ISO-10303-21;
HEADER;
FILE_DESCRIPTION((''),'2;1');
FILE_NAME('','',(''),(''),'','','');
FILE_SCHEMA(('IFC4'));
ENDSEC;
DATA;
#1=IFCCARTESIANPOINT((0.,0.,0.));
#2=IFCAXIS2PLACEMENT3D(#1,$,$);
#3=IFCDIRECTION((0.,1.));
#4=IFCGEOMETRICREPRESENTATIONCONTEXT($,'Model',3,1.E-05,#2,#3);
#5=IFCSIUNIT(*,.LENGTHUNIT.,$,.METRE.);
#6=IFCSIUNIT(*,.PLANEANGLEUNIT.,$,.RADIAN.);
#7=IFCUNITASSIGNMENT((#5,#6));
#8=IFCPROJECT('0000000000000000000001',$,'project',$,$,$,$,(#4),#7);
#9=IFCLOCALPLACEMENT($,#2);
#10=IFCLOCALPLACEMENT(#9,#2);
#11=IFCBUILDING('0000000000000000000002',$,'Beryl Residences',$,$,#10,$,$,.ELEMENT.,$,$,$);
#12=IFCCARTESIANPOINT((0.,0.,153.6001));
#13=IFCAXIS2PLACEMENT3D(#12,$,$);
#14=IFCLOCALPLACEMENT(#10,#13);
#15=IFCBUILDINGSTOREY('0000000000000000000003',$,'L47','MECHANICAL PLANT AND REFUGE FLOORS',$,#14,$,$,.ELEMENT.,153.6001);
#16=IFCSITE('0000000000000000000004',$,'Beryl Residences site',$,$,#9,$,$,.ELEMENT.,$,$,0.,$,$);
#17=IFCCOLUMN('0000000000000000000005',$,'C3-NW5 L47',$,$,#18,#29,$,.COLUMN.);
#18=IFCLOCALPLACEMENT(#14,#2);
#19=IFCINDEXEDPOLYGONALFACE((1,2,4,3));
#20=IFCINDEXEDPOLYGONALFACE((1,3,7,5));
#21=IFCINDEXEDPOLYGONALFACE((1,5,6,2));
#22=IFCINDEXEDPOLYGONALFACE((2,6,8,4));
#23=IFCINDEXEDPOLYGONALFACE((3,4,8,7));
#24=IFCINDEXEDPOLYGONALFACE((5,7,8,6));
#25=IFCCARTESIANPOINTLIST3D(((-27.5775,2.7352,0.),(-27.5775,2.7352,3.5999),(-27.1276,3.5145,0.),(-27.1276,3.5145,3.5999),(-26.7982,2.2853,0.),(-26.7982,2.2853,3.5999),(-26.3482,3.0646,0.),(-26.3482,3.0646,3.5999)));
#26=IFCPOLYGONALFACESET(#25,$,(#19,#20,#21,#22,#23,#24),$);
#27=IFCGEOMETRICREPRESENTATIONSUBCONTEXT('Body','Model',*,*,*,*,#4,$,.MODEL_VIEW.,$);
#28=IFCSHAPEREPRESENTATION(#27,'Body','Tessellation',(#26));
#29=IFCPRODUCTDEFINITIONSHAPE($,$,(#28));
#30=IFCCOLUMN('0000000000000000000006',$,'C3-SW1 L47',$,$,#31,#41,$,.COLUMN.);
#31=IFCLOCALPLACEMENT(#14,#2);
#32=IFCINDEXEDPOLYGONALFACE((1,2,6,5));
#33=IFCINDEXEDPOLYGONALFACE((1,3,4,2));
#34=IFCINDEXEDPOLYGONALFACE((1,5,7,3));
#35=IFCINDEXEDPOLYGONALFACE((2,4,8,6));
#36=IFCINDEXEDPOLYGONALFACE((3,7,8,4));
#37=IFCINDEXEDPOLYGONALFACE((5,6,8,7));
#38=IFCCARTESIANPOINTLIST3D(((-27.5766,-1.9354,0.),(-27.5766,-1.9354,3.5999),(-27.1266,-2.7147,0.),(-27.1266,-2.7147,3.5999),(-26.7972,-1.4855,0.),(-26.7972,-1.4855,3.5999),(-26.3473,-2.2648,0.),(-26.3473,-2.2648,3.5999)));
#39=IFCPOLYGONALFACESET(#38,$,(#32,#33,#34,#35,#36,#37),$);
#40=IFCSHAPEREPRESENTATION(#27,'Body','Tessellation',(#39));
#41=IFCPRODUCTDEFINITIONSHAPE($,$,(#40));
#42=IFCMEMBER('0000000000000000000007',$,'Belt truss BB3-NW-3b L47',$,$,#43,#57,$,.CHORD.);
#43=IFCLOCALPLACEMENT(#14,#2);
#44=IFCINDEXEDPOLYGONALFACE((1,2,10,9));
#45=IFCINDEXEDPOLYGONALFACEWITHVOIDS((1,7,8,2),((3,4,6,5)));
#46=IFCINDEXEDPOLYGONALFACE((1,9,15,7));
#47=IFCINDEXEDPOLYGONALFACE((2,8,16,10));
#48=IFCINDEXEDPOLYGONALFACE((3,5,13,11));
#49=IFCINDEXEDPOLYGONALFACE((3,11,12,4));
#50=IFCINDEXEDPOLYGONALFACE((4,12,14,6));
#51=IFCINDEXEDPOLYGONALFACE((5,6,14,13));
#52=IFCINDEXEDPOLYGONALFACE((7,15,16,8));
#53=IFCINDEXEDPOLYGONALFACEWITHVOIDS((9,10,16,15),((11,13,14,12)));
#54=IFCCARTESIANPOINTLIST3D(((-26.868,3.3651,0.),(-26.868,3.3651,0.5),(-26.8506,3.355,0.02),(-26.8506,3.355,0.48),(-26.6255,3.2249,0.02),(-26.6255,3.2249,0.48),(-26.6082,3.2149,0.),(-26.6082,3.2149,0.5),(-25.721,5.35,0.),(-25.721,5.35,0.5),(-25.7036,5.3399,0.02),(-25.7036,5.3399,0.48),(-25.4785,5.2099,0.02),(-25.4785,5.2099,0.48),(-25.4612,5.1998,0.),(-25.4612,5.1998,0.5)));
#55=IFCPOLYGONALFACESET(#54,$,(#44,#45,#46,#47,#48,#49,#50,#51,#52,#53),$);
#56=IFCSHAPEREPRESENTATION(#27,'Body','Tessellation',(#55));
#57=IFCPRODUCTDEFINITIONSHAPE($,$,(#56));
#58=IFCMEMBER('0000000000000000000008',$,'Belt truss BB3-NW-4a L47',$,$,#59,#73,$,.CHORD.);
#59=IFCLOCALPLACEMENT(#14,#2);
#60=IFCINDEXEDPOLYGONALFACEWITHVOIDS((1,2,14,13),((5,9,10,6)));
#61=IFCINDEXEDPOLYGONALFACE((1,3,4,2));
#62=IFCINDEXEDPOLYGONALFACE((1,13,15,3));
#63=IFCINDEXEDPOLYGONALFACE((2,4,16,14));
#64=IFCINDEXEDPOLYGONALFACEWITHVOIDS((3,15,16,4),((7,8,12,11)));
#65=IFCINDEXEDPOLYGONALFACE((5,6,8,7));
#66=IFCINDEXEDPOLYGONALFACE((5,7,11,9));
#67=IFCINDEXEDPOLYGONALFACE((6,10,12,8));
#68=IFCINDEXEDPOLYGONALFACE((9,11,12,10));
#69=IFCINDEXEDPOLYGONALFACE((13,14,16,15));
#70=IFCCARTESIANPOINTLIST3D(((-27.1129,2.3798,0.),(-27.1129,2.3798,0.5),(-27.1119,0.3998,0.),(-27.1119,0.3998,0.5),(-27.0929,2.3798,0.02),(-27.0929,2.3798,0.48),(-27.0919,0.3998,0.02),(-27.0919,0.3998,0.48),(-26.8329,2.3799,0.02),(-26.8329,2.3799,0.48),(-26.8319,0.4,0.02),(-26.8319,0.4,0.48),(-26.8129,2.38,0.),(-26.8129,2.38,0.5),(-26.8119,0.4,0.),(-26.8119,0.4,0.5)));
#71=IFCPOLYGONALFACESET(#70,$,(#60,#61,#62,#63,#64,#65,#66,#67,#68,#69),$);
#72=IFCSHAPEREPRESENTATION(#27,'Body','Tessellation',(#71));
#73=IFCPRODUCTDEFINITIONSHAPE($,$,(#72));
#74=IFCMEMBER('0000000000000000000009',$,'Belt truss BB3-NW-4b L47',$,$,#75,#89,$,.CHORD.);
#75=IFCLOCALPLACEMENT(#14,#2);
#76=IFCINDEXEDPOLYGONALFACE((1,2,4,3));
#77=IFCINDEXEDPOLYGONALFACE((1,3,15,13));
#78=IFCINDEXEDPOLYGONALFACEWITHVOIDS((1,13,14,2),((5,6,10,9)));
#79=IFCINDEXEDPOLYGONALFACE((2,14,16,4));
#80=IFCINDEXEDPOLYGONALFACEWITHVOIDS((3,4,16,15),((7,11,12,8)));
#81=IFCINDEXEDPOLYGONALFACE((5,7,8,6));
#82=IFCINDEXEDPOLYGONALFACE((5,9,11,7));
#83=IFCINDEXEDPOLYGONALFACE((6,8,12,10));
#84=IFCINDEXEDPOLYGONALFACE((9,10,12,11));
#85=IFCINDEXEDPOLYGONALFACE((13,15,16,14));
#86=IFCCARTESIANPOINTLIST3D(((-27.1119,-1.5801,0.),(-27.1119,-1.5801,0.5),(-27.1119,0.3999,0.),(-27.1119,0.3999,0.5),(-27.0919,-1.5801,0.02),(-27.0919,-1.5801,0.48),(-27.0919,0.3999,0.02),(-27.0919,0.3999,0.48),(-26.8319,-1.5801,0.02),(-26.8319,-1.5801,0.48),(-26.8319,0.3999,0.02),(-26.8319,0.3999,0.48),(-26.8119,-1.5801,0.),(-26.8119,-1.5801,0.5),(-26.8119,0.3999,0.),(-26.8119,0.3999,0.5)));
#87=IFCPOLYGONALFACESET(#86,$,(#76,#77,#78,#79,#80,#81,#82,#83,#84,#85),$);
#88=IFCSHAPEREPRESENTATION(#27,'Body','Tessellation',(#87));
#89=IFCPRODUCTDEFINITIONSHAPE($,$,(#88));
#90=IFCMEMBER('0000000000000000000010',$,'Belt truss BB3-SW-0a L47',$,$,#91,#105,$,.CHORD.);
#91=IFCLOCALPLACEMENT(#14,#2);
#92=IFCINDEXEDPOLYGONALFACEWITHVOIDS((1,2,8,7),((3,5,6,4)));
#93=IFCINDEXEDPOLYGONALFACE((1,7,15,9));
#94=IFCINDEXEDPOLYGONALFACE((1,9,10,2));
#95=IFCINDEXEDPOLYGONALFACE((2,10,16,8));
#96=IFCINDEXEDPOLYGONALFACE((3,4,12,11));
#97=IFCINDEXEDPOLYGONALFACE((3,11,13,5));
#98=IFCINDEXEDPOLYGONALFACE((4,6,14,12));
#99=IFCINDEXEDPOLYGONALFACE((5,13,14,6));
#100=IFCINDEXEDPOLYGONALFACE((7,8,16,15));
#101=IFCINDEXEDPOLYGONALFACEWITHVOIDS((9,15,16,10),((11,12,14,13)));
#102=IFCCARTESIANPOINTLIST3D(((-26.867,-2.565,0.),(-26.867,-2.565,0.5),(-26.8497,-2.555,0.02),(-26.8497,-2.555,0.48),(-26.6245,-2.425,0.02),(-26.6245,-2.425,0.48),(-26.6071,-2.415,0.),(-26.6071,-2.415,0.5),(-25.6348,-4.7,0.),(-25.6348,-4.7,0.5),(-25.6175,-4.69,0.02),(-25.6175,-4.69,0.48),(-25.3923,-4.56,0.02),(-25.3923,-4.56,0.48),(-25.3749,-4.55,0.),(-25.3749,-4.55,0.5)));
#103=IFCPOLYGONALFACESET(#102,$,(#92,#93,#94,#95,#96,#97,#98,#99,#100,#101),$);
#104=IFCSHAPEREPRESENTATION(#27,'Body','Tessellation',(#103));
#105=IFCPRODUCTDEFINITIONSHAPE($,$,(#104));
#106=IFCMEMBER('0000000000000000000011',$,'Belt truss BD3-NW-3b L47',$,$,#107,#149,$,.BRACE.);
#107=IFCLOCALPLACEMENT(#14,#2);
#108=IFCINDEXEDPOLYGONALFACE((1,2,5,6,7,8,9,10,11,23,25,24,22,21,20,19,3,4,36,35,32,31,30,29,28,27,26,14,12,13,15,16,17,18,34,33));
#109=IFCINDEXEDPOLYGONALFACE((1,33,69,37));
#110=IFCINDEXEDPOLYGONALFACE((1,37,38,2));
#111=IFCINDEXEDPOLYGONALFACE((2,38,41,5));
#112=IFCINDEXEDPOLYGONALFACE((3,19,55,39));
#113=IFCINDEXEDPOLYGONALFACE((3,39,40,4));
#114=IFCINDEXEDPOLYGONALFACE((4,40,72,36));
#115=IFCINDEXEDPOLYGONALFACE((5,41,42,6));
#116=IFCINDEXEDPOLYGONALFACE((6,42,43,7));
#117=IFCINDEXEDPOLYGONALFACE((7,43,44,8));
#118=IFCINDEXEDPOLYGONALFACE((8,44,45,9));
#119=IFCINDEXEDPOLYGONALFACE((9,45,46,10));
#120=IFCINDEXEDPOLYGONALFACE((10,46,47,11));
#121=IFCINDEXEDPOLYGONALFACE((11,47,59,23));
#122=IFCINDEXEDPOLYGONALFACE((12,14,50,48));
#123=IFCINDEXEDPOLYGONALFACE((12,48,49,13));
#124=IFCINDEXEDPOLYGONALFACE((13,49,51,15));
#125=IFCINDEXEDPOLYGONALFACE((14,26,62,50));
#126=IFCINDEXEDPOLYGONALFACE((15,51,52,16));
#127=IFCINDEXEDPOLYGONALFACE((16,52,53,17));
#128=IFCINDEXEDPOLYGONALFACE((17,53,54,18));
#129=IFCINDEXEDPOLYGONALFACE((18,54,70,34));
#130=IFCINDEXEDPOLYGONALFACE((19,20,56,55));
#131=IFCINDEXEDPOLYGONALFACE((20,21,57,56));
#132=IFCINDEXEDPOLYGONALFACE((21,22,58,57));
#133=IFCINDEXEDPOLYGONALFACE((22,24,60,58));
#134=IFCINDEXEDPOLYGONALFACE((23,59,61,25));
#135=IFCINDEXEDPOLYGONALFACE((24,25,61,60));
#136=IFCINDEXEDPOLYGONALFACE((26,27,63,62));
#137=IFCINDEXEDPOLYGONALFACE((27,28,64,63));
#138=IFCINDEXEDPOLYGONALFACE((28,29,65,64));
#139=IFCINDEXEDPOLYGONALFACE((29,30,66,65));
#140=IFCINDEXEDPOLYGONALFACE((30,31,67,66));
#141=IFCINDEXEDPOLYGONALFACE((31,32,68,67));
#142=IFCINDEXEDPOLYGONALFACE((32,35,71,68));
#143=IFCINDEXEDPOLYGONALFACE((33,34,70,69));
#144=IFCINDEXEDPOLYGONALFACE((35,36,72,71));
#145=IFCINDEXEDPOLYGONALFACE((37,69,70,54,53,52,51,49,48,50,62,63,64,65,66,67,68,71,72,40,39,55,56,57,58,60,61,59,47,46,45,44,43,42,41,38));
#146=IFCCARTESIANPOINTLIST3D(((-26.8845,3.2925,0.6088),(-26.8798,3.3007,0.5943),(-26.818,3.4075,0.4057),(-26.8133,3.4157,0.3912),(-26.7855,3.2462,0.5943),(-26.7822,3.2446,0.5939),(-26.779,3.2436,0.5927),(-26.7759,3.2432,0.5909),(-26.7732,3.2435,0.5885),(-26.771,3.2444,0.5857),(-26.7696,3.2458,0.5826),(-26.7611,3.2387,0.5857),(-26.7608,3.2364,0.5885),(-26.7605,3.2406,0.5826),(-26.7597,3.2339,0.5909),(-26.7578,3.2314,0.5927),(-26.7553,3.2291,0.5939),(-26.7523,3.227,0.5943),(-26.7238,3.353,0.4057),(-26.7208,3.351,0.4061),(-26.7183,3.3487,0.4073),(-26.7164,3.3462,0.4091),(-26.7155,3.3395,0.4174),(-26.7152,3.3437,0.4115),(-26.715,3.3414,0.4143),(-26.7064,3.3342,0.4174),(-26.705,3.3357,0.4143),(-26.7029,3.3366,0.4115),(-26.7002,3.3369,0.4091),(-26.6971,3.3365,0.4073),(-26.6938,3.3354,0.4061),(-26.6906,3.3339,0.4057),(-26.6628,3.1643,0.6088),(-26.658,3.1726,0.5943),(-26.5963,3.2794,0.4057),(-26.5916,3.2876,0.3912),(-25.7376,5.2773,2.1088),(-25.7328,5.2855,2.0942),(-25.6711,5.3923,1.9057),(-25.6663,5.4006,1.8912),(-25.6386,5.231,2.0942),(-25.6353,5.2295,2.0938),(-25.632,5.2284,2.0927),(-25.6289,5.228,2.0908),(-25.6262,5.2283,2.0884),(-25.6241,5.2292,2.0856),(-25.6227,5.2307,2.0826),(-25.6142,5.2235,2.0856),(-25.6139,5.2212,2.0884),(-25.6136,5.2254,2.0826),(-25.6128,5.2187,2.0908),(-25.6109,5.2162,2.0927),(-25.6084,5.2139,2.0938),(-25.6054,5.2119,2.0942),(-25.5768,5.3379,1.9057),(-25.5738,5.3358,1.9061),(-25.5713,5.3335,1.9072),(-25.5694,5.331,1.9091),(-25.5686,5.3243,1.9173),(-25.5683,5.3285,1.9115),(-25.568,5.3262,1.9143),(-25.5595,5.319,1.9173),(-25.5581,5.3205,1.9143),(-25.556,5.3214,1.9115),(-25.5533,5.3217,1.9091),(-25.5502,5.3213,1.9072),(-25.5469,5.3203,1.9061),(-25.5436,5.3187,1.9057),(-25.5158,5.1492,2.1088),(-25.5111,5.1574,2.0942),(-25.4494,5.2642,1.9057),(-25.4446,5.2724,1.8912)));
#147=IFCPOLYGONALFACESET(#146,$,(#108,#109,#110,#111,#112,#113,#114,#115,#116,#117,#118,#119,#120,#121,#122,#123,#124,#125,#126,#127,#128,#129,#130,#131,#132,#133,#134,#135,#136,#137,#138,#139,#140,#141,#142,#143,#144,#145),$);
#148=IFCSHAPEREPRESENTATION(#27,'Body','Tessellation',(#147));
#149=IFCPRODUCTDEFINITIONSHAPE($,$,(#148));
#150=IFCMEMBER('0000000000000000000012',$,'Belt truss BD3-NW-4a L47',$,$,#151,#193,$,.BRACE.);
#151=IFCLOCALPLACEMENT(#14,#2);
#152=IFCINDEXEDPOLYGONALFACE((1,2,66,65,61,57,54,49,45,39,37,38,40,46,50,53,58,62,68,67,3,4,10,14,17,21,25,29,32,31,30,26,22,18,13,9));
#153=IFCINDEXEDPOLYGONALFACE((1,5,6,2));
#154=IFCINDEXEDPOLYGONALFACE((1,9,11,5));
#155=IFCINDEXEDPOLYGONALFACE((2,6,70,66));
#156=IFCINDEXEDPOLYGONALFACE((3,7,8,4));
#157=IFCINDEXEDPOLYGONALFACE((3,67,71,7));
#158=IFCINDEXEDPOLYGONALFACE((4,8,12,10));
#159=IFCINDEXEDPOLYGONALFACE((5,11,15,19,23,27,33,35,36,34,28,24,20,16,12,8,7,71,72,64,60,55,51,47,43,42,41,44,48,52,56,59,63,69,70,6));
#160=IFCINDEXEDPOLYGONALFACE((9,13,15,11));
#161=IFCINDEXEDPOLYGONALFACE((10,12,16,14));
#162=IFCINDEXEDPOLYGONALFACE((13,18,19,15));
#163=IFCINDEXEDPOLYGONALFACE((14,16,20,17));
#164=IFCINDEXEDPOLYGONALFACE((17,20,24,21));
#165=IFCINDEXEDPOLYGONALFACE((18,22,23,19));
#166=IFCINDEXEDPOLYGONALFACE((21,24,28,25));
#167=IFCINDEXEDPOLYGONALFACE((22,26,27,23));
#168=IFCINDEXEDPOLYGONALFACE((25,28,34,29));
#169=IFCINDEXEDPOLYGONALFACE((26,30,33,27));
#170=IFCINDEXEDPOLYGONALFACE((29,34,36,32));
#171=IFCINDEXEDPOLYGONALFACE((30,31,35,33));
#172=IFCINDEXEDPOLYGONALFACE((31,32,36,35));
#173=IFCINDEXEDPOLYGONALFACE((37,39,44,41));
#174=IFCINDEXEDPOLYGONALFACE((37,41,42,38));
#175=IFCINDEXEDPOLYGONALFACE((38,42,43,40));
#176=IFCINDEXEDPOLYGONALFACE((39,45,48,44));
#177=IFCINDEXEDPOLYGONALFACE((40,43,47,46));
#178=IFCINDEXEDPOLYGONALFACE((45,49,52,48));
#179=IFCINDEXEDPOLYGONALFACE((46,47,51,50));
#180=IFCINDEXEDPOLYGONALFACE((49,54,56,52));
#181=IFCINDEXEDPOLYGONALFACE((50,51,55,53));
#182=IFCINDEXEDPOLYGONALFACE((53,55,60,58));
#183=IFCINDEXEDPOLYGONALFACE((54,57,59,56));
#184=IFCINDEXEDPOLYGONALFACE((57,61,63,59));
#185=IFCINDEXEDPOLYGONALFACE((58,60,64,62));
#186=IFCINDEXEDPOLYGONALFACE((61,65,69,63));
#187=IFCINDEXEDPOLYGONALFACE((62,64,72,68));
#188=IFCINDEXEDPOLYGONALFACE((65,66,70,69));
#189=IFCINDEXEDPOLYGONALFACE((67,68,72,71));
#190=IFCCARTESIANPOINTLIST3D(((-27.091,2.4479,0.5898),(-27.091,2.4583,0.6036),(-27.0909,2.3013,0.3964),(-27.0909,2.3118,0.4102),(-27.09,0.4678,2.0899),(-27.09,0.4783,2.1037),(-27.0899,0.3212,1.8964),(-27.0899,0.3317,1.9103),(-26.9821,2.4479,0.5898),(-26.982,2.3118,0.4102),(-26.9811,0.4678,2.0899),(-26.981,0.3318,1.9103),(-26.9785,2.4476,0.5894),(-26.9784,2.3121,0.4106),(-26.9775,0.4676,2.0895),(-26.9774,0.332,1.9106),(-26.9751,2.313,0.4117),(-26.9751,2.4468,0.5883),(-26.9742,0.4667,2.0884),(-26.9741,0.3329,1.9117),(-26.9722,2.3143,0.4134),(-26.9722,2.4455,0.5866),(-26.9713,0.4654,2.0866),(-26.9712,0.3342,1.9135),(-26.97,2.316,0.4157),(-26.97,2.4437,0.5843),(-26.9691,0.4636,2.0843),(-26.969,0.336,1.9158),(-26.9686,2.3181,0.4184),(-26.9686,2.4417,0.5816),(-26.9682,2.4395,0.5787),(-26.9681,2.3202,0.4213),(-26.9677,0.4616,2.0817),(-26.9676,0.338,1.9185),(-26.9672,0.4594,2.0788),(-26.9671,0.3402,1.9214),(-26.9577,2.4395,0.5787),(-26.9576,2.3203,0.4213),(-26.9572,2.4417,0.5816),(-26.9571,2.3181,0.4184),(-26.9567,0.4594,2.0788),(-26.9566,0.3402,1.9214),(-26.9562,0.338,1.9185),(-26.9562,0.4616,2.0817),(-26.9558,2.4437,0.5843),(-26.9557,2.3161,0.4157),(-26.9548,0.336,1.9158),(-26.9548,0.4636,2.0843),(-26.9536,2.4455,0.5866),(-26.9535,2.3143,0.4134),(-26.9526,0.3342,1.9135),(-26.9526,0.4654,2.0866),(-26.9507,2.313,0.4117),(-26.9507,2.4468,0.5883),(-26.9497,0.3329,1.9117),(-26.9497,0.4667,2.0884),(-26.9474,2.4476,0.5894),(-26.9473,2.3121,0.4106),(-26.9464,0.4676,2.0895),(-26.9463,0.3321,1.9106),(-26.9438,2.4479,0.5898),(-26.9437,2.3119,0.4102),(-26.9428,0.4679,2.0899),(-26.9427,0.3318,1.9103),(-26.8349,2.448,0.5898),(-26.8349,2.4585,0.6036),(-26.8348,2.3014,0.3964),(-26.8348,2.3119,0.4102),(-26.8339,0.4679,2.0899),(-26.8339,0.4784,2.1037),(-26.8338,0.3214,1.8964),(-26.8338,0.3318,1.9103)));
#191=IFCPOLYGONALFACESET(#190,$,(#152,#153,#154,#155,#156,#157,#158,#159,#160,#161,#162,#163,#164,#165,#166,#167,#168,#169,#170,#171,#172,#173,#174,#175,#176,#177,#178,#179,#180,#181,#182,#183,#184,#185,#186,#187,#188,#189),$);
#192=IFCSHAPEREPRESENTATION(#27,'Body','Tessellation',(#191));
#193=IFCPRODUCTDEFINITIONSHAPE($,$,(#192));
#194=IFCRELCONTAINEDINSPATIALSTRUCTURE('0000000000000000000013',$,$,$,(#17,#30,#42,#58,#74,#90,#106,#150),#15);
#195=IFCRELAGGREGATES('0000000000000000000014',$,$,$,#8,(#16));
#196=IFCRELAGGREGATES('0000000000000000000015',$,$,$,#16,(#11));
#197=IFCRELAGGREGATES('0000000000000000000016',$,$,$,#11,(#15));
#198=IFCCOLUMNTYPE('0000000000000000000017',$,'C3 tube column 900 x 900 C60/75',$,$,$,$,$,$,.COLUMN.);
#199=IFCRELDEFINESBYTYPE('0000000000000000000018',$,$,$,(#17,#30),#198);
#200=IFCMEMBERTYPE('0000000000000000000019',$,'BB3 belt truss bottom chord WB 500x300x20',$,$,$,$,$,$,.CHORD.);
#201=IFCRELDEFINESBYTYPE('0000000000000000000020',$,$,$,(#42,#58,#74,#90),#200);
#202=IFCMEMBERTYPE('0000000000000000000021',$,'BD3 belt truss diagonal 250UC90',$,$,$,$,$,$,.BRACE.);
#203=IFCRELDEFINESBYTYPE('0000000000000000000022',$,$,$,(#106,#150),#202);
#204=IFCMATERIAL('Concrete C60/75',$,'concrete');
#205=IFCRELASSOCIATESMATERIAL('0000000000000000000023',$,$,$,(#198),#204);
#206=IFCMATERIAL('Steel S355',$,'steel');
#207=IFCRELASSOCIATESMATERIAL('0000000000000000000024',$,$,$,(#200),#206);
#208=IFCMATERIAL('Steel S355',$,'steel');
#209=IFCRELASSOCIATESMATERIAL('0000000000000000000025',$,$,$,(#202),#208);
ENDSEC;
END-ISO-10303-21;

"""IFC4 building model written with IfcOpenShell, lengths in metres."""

from ifc_helpers import new_model, si_unit, direction, frame, origin, origin_2d, place, context, subcontext, project, spatial, rectangle, hollow_rectangle, i_section, extrude, material, material_profile, profile_set, type_object, element, save


model = new_model("IFC4")

# Units and contexts
model_context = context("Model", 3, precision=1e-05, world=origin(), true_north=direction((0.0, 1.0)))
body_context = subcontext(model_context, "Body", "Model", "MODEL_VIEW")
ifc_project = project(units=[si_unit("LENGTHUNIT", "METRE"), si_unit("PLANEANGLEUNIT", "RADIAN")], contexts=[model_context])

# Site, building, storey
site_placement = place(None, origin())
site = spatial("IfcSite", under=ifc_project, at=site_placement, Name="Beryl Residences site", CompositionType="ELEMENT", RefElevation=0.0)
building_placement = place(site_placement, origin())
building = spatial("IfcBuilding", under=site, at=building_placement, Name="Beryl Residences", CompositionType="ELEMENT")
storey_placement = place(building_placement, frame((0.0, 0.0, 153.6001)))
storey = spatial("IfcBuildingStorey", under=building, at=storey_placement, Name="L47", Description="MECHANICAL PLANT AND REFUGE FLOORS", CompositionType="ELEMENT", Elevation=153.6001)

# Columns
ifc_material_1 = material(Name="Concrete C60/75", Category="concrete")
ifc_material_profile_1 = material_profile(ifc_material_1, rectangle(XDim=0.8999, YDim=0.8999, at=origin_2d()))
ifc_profile_set_1 = profile_set([ifc_material_profile_1], Name="Concrete C60/75")
column_type = type_object("IfcColumnType", Name="C3 tube column 900 x 900 C60/75", PredefinedType="COLUMN", material=ifc_profile_set_1)
for number, where, z_axis, x_axis, name in (
    (1, (-26.9629, 2.8999, 0.0), (0.0, 0.0, 1.0), (-0.5, -0.866025, 0.0), "C3-NW5 L47"),
    (2, (-26.9619, -2.1001, 0.0), (0.0, 0.0, 1.0), (0.5, -0.866025, 0.0), "C3-SW1 L47"),
):
    element("IfcColumn", number, at=place(storey_placement, frame(where, z_axis=z_axis, x_axis=x_axis)), inside=storey, type_object=column_type, Name=name, PredefinedType="COLUMN", context=body_context, shape_type="SweptSolid", body=[
        extrude(rectangle(XDim=0.8999, YDim=0.8999, at=origin_2d()), origin(), (0.0, 0.0, 1.0), 3.5999),
    ])

# Members
ifc_material_2 = material(Name="Steel S355", Category="steel")
ifc_material_profile_2 = material_profile(ifc_material_2, hollow_rectangle(XDim=0.3, YDim=0.5, WallThickness=0.02, at=origin_2d()))
ifc_profile_set_2 = profile_set([ifc_material_profile_2], Name="Steel S355")
member_type_1 = type_object("IfcMemberType", Name="BB3 belt truss bottom chord WB 500x300x20", PredefinedType="CHORD", material=ifc_profile_set_2)
member_1_placement = place(storey_placement, frame((-25.5911, 5.2749, 0.25), z_axis=(-0.500331, -0.865834, 0.0), x_axis=(0.865834, -0.500331, 0.0)))
element("IfcMember", 3, at=member_1_placement, inside=storey, type_object=member_type_1, Name="Belt truss BB3-NW-3b L47", PredefinedType="CHORD", context=body_context, shape_type="SweptSolid", body=[
    extrude(hollow_rectangle(XDim=0.3, YDim=0.5, WallThickness=0.02, at=origin_2d()), origin(), (0.0, 0.0, 1.0), 2.2925),
])
for number, where, z_axis, x_axis, name in (
    (4, (-26.9629, 2.3799, 0.25), (0.000493, -1.0, 0.0), (1.0, 0.000493, 0.0), "Belt truss BB3-NW-4a L47"),
    (5, (-26.9619, 0.3999, 0.25), (0.0, -1.0, 0.0), (1.0, 0.0, 0.0), "Belt truss BB3-NW-4b L47"),
):
    element("IfcMember", number, at=place(storey_placement, frame(where, z_axis=z_axis, x_axis=x_axis)), inside=storey, type_object=member_type_1, Name=name, PredefinedType="CHORD", context=body_context, shape_type="SweptSolid", body=[
        extrude(hollow_rectangle(XDim=0.3, YDim=0.5, WallThickness=0.02, at=origin_2d()), origin(), (0.0, 0.0, 1.0), 1.98),
    ])
member_2_placement = place(storey_placement, frame((-26.7371, -2.49, 0.25), z_axis=(0.499857, -0.866108, 0.0), x_axis=(0.866108, 0.499857, 0.0)))
element("IfcMember", 6, at=member_2_placement, inside=storey, type_object=member_type_1, Name="Belt truss BB3-SW-0a L47", PredefinedType="CHORD", context=body_context, shape_type="SweptSolid", body=[
    extrude(hollow_rectangle(XDim=0.3, YDim=0.5, WallThickness=0.02, at=origin_2d()), origin(), (0.0, 0.0, 1.0), 2.4651),
])
ifc_material_3 = material(Name="Steel S355", Category="steel")
ifc_material_profile_3 = material_profile(ifc_material_3, i_section(OverallWidth=0.2561, OverallDepth=0.26, WebThickness=0.0105, FlangeThickness=0.0173, FilletRadius=0.0139, at=origin_2d()))
ifc_profile_set_3 = profile_set([ifc_material_profile_3], Name="Steel S355")
member_type_2 = type_object("IfcMemberType", Name="BD3 belt truss diagonal 250UC90", PredefinedType="BRACE", material=ifc_profile_set_3)
member_3_placement = place(storey_placement, frame((-26.738, 3.29, 0.5), z_axis=(0.418669, 0.724517, 0.547532), x_axis=(-0.865834, 0.500331, 0.0)))
element("IfcMember", 7, at=member_3_placement, inside=storey, type_object=member_type_2, Name="Belt truss BD3-NW-3b L47", PredefinedType="BRACE", context=body_context, shape_type="SweptSolid", body=[
    extrude(i_section(OverallWidth=0.2561, OverallDepth=0.26, WebThickness=0.0105, FlangeThickness=0.0173, FilletRadius=0.0139, at=origin_2d()), origin(), (0.0, 0.0, 1.0), 2.7395),
])
for number, where, z_axis, x_axis, name in (
    (8, (-26.9629, 2.3799, 0.5), (0.000393, -0.797089, 0.603861), (1.0, 0.000493, 0.0), "Belt truss BD3-NW-4a L47"),
):
    element("IfcMember", number, at=place(storey_placement, frame(where, z_axis=z_axis, x_axis=x_axis)), inside=storey, type_object=member_type_2, Name=name, PredefinedType="BRACE", context=body_context, shape_type="SweptSolid", body=[
        extrude(i_section(OverallWidth=0.2561, OverallDepth=0.26, WebThickness=0.0105, FlangeThickness=0.0173, FilletRadius=0.0139, at=origin_2d()), origin(), (0.0, 0.0, 1.0), 2.4841),
    ])

save(model, "model.ifc")
